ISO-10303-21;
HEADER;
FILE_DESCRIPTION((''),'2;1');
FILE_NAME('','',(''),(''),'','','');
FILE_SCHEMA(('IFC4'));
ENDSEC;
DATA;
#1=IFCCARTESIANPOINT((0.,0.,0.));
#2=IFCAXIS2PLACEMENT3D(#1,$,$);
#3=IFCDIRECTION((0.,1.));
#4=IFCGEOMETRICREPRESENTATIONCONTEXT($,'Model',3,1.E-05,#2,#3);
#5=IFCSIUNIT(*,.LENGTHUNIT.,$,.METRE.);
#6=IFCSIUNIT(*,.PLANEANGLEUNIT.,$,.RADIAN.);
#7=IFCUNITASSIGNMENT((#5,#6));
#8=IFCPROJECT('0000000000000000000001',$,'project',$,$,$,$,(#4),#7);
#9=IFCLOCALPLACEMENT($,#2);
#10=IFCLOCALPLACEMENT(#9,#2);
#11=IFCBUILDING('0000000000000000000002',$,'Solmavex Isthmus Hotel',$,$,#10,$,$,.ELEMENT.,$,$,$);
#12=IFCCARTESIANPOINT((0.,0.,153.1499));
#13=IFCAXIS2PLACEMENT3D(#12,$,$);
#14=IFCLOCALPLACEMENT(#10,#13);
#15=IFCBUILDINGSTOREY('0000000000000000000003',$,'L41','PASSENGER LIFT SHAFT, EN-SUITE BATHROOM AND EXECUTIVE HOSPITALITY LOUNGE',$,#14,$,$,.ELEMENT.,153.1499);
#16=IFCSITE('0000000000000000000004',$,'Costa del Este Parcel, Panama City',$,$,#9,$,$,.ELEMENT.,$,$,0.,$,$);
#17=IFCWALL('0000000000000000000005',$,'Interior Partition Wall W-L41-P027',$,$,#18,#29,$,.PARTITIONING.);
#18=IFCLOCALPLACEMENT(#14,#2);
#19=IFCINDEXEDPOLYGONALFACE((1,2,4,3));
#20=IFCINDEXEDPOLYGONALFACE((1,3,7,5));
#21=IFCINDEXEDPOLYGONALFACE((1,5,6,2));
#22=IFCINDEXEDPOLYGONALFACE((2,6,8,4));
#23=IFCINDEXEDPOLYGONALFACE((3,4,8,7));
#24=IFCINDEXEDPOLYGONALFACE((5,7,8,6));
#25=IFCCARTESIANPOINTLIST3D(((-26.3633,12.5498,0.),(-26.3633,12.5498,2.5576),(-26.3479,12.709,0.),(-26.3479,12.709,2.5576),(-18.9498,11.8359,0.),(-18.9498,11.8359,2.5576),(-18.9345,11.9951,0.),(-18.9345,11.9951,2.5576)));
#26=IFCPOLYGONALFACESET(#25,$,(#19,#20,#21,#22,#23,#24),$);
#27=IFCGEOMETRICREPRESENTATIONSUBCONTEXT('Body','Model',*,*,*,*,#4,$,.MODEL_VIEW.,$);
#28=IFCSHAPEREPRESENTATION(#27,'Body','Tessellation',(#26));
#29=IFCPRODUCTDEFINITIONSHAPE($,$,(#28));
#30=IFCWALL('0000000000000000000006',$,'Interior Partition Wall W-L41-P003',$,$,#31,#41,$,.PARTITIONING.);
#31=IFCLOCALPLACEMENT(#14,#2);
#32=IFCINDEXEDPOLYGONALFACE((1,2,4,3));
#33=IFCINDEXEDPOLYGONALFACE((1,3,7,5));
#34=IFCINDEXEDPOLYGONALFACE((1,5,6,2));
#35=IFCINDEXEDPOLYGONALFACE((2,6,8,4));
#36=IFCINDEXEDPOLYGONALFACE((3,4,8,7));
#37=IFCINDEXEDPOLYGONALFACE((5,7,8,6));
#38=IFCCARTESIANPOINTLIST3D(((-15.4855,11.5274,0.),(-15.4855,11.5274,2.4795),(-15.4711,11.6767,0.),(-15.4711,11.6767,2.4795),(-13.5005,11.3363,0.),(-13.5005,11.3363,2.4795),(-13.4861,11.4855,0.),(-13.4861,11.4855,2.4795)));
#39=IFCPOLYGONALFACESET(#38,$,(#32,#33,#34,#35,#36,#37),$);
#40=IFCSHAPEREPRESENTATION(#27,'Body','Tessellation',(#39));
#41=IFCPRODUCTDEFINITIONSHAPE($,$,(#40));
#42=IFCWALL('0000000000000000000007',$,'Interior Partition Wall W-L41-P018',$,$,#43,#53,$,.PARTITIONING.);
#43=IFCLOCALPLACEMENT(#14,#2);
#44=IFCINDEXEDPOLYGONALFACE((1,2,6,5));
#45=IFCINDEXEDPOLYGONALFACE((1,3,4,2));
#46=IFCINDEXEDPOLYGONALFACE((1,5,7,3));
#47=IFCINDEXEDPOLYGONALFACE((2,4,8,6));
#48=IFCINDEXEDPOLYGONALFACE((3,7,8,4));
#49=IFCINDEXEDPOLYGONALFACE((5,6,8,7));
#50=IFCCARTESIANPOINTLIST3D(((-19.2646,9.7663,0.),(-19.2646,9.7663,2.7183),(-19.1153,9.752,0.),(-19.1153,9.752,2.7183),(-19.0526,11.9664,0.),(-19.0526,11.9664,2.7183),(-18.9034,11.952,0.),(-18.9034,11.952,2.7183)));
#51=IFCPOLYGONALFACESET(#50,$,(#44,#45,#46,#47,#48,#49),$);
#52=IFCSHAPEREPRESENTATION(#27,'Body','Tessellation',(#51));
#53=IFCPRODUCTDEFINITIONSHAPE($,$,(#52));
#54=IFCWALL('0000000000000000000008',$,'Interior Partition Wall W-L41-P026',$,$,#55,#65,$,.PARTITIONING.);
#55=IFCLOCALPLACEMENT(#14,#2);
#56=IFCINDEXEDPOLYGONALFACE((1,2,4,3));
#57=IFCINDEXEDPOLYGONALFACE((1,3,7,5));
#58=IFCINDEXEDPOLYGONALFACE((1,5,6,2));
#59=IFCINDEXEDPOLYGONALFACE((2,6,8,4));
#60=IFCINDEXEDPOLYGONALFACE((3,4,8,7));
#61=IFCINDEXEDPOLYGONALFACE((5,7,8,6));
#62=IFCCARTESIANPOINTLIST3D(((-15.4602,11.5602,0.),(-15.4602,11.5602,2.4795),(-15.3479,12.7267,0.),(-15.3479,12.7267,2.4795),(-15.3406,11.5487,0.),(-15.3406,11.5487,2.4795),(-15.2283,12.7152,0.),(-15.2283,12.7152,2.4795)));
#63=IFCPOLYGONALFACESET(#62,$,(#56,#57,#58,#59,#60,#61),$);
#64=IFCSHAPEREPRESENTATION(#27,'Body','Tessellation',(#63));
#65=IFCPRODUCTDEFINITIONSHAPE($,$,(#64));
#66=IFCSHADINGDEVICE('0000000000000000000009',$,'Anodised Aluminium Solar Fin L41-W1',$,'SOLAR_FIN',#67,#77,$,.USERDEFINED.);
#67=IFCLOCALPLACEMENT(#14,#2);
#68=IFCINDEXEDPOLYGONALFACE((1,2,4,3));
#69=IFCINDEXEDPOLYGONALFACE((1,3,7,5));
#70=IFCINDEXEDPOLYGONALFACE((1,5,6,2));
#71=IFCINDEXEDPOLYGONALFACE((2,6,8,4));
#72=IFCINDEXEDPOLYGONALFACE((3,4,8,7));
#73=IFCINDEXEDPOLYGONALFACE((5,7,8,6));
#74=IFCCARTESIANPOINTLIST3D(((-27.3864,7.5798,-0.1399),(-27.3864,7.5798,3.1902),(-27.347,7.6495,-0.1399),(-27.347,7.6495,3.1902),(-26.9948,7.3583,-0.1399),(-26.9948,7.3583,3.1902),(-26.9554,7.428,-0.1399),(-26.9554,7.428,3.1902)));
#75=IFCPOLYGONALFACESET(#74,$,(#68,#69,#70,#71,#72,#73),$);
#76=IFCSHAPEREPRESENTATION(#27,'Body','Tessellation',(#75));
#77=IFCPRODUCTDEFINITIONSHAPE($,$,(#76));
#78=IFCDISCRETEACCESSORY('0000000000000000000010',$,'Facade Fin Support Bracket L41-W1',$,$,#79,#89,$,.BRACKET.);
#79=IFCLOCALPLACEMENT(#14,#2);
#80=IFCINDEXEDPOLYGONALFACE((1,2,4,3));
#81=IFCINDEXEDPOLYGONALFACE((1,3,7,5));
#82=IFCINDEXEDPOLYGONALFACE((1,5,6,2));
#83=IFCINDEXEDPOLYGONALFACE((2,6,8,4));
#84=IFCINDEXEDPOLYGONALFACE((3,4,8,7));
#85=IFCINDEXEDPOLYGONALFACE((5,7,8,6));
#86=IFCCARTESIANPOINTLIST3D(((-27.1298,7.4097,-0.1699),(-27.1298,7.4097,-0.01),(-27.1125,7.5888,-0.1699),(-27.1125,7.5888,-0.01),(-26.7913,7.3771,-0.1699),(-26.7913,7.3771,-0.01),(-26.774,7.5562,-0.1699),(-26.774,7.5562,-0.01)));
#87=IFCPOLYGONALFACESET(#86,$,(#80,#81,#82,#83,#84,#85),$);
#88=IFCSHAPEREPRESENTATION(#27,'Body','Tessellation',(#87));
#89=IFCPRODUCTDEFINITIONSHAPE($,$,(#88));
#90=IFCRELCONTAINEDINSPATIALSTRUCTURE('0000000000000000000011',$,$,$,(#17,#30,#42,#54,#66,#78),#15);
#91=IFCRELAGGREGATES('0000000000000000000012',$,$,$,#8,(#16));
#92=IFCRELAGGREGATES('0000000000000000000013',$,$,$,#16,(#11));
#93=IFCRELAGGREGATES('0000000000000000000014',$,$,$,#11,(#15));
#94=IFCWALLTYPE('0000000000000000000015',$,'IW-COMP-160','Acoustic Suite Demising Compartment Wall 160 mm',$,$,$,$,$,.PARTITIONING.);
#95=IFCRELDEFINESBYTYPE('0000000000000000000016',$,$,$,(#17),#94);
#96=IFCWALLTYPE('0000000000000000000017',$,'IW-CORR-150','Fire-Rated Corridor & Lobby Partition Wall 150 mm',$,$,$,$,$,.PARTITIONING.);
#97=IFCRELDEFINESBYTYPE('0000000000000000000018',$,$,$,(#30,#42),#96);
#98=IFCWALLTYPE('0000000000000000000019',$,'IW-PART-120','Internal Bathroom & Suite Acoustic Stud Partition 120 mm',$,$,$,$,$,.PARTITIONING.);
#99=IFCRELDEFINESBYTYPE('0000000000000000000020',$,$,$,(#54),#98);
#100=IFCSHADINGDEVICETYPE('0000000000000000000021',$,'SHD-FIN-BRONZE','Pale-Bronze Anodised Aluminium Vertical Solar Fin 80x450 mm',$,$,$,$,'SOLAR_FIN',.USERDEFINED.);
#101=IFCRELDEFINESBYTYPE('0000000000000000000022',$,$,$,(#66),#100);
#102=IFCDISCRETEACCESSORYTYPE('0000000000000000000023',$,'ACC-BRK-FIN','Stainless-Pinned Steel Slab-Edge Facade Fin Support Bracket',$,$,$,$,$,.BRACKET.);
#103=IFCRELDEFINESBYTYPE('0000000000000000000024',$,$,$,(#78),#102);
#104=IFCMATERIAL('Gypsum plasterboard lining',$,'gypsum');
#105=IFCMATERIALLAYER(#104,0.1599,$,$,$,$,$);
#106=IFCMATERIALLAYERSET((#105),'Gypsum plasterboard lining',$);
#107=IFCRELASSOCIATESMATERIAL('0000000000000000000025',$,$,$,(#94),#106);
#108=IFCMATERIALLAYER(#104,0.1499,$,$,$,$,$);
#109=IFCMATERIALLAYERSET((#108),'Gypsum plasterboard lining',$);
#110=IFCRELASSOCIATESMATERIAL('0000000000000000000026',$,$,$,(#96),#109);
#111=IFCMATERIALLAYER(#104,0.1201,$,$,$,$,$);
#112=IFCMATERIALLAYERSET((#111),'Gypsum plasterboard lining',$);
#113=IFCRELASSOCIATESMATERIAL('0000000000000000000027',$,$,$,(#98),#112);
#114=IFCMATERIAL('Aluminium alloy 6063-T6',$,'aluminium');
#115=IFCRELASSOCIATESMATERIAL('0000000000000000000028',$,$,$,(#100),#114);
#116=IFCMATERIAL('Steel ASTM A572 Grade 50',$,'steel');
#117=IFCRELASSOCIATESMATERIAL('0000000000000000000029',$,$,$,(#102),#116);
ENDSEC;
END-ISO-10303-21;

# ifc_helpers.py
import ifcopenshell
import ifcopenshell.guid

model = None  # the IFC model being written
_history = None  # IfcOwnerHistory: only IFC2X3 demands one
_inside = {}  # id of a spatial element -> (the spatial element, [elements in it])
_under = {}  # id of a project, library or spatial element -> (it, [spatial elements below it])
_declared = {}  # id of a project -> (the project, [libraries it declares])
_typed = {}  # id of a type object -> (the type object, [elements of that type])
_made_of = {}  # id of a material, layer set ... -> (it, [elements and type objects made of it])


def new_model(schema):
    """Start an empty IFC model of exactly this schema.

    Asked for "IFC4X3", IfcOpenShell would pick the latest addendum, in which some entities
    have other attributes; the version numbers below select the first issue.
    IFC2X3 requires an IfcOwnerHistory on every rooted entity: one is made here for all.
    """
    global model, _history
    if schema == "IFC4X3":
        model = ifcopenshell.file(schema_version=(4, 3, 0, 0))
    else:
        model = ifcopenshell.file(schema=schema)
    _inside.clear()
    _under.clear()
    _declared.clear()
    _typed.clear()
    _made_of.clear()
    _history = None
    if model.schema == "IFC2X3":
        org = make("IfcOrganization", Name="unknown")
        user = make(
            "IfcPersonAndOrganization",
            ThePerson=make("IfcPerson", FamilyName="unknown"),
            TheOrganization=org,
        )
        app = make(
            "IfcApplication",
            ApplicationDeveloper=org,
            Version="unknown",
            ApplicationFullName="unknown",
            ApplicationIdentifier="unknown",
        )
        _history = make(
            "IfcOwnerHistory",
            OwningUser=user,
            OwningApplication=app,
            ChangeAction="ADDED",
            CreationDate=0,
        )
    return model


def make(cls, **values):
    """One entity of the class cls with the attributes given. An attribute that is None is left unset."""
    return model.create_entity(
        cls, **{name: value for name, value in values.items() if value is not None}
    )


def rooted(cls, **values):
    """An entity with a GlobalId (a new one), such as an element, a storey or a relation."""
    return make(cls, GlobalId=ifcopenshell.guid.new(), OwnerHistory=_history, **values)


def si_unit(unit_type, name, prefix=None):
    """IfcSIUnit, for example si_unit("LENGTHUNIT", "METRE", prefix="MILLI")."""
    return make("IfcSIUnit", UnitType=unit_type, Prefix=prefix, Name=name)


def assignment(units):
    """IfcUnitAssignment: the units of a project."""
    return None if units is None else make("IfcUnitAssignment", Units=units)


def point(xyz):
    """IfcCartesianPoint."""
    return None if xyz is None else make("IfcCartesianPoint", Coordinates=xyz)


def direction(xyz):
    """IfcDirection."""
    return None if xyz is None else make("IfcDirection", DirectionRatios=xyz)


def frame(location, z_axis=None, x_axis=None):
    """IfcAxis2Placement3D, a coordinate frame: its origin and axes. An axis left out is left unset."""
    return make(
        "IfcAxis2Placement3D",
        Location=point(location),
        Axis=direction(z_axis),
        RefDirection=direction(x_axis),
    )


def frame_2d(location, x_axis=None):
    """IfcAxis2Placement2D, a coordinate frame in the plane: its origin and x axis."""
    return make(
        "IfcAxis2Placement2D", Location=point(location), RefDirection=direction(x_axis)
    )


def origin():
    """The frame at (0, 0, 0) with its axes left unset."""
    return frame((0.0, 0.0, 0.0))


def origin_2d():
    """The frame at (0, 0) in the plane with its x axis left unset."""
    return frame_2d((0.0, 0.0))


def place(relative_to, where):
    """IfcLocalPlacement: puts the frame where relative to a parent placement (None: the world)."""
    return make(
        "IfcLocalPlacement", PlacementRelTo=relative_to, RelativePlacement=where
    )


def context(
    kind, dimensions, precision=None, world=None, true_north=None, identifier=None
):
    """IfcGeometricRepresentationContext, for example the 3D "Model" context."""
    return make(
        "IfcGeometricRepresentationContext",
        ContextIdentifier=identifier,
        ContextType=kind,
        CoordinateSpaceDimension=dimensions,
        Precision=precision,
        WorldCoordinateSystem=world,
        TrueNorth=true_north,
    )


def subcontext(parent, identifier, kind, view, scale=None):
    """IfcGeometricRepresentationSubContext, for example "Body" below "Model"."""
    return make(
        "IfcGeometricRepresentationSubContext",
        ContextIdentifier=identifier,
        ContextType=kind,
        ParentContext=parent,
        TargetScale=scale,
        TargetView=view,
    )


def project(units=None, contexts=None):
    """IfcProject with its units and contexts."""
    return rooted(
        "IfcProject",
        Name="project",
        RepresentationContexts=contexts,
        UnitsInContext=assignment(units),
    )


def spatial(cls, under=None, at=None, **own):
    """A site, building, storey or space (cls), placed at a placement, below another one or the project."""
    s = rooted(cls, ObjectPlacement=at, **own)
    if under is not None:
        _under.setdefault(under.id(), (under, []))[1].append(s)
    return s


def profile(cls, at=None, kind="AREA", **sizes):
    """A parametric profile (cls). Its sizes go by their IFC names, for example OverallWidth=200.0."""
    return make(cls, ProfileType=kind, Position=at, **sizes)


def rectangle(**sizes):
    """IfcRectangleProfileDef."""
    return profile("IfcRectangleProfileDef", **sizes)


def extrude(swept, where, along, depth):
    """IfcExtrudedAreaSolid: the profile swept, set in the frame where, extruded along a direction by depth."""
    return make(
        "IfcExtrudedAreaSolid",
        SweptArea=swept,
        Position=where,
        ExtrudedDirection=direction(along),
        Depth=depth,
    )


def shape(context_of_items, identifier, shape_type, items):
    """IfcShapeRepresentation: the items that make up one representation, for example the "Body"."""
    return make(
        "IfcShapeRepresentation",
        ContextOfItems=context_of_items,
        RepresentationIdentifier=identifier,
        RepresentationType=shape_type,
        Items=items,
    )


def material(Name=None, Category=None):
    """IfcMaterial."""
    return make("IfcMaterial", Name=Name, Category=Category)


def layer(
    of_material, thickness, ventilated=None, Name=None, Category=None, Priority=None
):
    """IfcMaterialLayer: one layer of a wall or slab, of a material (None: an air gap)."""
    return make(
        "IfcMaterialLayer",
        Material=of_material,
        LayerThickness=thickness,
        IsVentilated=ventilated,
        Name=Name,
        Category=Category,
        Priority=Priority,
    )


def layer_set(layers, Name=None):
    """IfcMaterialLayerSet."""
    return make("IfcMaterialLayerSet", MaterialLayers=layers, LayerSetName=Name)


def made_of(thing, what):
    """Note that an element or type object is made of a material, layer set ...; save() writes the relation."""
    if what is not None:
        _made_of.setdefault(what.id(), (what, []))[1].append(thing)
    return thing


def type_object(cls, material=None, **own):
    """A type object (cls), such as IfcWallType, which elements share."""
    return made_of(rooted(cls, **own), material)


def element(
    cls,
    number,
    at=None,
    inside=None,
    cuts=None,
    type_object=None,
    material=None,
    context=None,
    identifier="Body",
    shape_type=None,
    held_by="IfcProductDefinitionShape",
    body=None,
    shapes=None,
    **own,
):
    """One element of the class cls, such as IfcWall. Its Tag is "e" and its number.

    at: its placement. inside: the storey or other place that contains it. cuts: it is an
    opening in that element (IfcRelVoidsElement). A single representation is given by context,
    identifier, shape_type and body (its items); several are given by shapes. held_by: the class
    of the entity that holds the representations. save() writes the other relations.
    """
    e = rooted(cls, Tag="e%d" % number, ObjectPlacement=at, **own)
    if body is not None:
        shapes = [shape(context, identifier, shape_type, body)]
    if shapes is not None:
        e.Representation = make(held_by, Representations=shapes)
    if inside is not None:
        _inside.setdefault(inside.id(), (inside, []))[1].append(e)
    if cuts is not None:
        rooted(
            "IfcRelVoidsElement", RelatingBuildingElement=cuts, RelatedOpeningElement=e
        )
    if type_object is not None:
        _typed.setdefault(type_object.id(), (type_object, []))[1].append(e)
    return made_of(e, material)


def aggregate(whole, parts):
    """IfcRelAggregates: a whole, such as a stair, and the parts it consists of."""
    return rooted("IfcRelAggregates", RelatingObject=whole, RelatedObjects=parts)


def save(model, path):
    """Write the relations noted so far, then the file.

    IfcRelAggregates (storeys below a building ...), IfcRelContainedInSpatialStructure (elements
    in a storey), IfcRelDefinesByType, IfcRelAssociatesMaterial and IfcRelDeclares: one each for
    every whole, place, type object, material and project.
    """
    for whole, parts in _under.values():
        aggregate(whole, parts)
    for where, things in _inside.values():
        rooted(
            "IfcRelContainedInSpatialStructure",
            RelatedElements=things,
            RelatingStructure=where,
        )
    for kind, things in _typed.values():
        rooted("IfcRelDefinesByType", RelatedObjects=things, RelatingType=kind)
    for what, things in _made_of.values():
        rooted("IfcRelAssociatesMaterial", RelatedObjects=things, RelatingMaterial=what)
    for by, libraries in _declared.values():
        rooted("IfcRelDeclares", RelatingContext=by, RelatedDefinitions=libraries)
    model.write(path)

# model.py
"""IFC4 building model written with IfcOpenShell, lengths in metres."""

from ifc_helpers import new_model, si_unit, direction, frame, frame_2d, origin, origin_2d, place, context, subcontext, project, spatial, rectangle, extrude, material, layer, layer_set, type_object, element, save


model = new_model("IFC4")

# Units and contexts
model_context = context("Model", 3, precision=1e-05, world=origin(), true_north=direction((0.0, 1.0)))
body_context = subcontext(model_context, "Body", "Model", "MODEL_VIEW")
ifc_project = project(units=[si_unit("LENGTHUNIT", "METRE"), si_unit("PLANEANGLEUNIT", "RADIAN")], contexts=[model_context])

# Site, building, storey
site_placement = place(None, origin())
site = spatial("IfcSite", under=ifc_project, at=site_placement, Name="Costa del Este Parcel, Panama City", CompositionType="ELEMENT", RefElevation=0.0)
building_placement = place(site_placement, origin())
building = spatial("IfcBuilding", under=site, at=building_placement, Name="Solmavex Isthmus Hotel", CompositionType="ELEMENT")
storey_placement = place(building_placement, frame((0.0, 0.0, 153.1499)))
storey = spatial("IfcBuildingStorey", under=building, at=storey_placement, Name="L41", Description="PASSENGER LIFT SHAFT, EN-SUITE BATHROOM AND EXECUTIVE HOSPITALITY LOUNGE", CompositionType="ELEMENT", Elevation=153.1499)

# Shared definitions
ifc_material_1 = material(Name="Aluminium alloy 6063-T6", Category="aluminium")

# Wall
ifc_material_2 = material(Name="Gypsum plasterboard lining", Category="gypsum")
ifc_layer_1 = layer(ifc_material_2, 0.1599)
ifc_layer_set_1 = layer_set([ifc_layer_1], Name="Gypsum plasterboard lining")
wall_type_1 = type_object("IfcWallType", Name="IW-COMP-160", Description="Acoustic Suite Demising Compartment Wall 160 mm", PredefinedType="PARTITIONING", material=ifc_layer_set_1)
wall_1_placement = place(storey_placement, frame((-18.9421, 11.9155, 0.0), z_axis=(0.0, 0.0, 1.0), x_axis=(-0.995396, 0.095849, 0.0)))
element("IfcWall", 1, at=wall_1_placement, inside=storey, type_object=wall_type_1, Name="Interior Partition Wall W-L41-P027", PredefinedType="PARTITIONING", context=body_context, shape_type="SweptSolid", body=[
    extrude(rectangle(XDim=7.4478, YDim=0.1599, at=frame_2d((3.7239, 0.0))), origin(), (0.0, 0.0, 1.0), 2.5576),
])

# Shared definitions
ifc_layer_2 = layer(ifc_material_2, 0.1499)
ifc_layer_set_2 = layer_set([ifc_layer_2], Name="Gypsum plasterboard lining")
wall_type_2 = type_object("IfcWallType", Name="IW-CORR-150", Description="Fire-Rated Corridor & Lobby Partition Wall 150 mm", PredefinedType="PARTITIONING", material=ifc_layer_set_2)

# Wall
wall_2_placement = place(storey_placement, frame((-15.4783, 11.6021, 0.0), z_axis=(0.0, 0.0, 1.0), x_axis=(0.995394, -0.095866, 0.0)))
element("IfcWall", 2, at=wall_2_placement, inside=storey, type_object=wall_type_2, Name="Interior Partition Wall W-L41-P003", PredefinedType="PARTITIONING", context=body_context, shape_type="SweptSolid", body=[
    extrude(rectangle(XDim=1.9941, YDim=0.1499, at=frame_2d((0.9971, 0.0))), origin(), (0.0, 0.0, 1.0), 2.4795),
])

# Walls
wall_3_placement = place(storey_placement, frame((-19.1899, 9.7593, 0.0), z_axis=(0.0, 0.0, 1.0), x_axis=(0.095883, 0.995393, 0.0)))
element("IfcWall", 3, at=wall_3_placement, inside=storey, type_object=wall_type_2, Name="Interior Partition Wall W-L41-P018", PredefinedType="PARTITIONING", context=body_context, shape_type="SweptSolid", body=[
    extrude(rectangle(XDim=2.2102, YDim=0.1499, at=frame_2d((1.105, 0.0))), origin(), (0.0, 0.0, 1.0), 2.7183),
])
ifc_layer_3 = layer(ifc_material_2, 0.1201)
ifc_layer_set_3 = layer_set([ifc_layer_3], Name="Gypsum plasterboard lining")
wall_type_3 = type_object("IfcWallType", Name="IW-PART-120", Description="Internal Bathroom & Suite Acoustic Stud Partition 120 mm", PredefinedType="PARTITIONING", material=ifc_layer_set_3)
wall_4_placement = place(storey_placement, frame((-15.2881, 12.7209, 0.0), z_axis=(0.0, 0.0, 1.0), x_axis=(-0.095831, -0.995398, 0.0)))
element("IfcWall", 4, at=wall_4_placement, inside=storey, type_object=wall_type_3, Name="Interior Partition Wall W-L41-P026", PredefinedType="PARTITIONING", context=body_context, shape_type="SweptSolid", body=[
    extrude(rectangle(XDim=1.1719, YDim=0.1201, at=frame_2d((0.5859, 0.0))), origin(), (0.0, 0.0, 1.0), 2.4795),
])

# Shading device
shading_device_type = type_object("IfcShadingDeviceType", Name="SHD-FIN-BRONZE", Description="Pale-Bronze Anodised Aluminium Vertical Solar Fin 80x450 mm", ElementType="SOLAR_FIN", PredefinedType="USERDEFINED", material=ifc_material_1)
shading_device_placement = place(storey_placement, frame((-27.1709, 7.5039, -0.1399), z_axis=(0.0, 0.0, 1.0), x_axis=(-0.870356, 0.492424, 0.0)))
element("IfcShadingDevice", 5, at=shading_device_placement, inside=storey, type_object=shading_device_type, Name="Anodised Aluminium Solar Fin L41-W1", ObjectType="SOLAR_FIN", PredefinedType="USERDEFINED", context=body_context, shape_type="SweptSolid", body=[
    extrude(rectangle(XDim=0.45, YDim=0.0801, at=origin_2d()), origin(), (0.0, 0.0, 1.0), 3.3301),
])

# Discrete accessory
ifc_material_3 = material(Name="Steel ASTM A572 Grade 50", Category="steel")
discrete_accessory_type = type_object("IfcDiscreteAccessoryType", Name="ACC-BRK-FIN", Description="Stainless-Pinned Steel Slab-Edge Facade Fin Support Bracket", PredefinedType="BRACKET", material=ifc_material_3)
discrete_accessory_placement = place(storey_placement, frame((-26.9519, 7.4829, -0.1699), z_axis=(0.0, 0.0, 1.0), x_axis=(-0.995396, 0.095846, 0.0)))
element("IfcDiscreteAccessory", 6, at=discrete_accessory_placement, inside=storey, type_object=discrete_accessory_type, Name="Facade Fin Support Bracket L41-W1", PredefinedType="BRACKET", context=body_context, shape_type="SweptSolid", body=[
    extrude(rectangle(XDim=0.3401, YDim=0.1799, at=origin_2d()), origin(), (0.0, 0.0, 1.0), 0.1599),
])

save(model, "model.ifc")
